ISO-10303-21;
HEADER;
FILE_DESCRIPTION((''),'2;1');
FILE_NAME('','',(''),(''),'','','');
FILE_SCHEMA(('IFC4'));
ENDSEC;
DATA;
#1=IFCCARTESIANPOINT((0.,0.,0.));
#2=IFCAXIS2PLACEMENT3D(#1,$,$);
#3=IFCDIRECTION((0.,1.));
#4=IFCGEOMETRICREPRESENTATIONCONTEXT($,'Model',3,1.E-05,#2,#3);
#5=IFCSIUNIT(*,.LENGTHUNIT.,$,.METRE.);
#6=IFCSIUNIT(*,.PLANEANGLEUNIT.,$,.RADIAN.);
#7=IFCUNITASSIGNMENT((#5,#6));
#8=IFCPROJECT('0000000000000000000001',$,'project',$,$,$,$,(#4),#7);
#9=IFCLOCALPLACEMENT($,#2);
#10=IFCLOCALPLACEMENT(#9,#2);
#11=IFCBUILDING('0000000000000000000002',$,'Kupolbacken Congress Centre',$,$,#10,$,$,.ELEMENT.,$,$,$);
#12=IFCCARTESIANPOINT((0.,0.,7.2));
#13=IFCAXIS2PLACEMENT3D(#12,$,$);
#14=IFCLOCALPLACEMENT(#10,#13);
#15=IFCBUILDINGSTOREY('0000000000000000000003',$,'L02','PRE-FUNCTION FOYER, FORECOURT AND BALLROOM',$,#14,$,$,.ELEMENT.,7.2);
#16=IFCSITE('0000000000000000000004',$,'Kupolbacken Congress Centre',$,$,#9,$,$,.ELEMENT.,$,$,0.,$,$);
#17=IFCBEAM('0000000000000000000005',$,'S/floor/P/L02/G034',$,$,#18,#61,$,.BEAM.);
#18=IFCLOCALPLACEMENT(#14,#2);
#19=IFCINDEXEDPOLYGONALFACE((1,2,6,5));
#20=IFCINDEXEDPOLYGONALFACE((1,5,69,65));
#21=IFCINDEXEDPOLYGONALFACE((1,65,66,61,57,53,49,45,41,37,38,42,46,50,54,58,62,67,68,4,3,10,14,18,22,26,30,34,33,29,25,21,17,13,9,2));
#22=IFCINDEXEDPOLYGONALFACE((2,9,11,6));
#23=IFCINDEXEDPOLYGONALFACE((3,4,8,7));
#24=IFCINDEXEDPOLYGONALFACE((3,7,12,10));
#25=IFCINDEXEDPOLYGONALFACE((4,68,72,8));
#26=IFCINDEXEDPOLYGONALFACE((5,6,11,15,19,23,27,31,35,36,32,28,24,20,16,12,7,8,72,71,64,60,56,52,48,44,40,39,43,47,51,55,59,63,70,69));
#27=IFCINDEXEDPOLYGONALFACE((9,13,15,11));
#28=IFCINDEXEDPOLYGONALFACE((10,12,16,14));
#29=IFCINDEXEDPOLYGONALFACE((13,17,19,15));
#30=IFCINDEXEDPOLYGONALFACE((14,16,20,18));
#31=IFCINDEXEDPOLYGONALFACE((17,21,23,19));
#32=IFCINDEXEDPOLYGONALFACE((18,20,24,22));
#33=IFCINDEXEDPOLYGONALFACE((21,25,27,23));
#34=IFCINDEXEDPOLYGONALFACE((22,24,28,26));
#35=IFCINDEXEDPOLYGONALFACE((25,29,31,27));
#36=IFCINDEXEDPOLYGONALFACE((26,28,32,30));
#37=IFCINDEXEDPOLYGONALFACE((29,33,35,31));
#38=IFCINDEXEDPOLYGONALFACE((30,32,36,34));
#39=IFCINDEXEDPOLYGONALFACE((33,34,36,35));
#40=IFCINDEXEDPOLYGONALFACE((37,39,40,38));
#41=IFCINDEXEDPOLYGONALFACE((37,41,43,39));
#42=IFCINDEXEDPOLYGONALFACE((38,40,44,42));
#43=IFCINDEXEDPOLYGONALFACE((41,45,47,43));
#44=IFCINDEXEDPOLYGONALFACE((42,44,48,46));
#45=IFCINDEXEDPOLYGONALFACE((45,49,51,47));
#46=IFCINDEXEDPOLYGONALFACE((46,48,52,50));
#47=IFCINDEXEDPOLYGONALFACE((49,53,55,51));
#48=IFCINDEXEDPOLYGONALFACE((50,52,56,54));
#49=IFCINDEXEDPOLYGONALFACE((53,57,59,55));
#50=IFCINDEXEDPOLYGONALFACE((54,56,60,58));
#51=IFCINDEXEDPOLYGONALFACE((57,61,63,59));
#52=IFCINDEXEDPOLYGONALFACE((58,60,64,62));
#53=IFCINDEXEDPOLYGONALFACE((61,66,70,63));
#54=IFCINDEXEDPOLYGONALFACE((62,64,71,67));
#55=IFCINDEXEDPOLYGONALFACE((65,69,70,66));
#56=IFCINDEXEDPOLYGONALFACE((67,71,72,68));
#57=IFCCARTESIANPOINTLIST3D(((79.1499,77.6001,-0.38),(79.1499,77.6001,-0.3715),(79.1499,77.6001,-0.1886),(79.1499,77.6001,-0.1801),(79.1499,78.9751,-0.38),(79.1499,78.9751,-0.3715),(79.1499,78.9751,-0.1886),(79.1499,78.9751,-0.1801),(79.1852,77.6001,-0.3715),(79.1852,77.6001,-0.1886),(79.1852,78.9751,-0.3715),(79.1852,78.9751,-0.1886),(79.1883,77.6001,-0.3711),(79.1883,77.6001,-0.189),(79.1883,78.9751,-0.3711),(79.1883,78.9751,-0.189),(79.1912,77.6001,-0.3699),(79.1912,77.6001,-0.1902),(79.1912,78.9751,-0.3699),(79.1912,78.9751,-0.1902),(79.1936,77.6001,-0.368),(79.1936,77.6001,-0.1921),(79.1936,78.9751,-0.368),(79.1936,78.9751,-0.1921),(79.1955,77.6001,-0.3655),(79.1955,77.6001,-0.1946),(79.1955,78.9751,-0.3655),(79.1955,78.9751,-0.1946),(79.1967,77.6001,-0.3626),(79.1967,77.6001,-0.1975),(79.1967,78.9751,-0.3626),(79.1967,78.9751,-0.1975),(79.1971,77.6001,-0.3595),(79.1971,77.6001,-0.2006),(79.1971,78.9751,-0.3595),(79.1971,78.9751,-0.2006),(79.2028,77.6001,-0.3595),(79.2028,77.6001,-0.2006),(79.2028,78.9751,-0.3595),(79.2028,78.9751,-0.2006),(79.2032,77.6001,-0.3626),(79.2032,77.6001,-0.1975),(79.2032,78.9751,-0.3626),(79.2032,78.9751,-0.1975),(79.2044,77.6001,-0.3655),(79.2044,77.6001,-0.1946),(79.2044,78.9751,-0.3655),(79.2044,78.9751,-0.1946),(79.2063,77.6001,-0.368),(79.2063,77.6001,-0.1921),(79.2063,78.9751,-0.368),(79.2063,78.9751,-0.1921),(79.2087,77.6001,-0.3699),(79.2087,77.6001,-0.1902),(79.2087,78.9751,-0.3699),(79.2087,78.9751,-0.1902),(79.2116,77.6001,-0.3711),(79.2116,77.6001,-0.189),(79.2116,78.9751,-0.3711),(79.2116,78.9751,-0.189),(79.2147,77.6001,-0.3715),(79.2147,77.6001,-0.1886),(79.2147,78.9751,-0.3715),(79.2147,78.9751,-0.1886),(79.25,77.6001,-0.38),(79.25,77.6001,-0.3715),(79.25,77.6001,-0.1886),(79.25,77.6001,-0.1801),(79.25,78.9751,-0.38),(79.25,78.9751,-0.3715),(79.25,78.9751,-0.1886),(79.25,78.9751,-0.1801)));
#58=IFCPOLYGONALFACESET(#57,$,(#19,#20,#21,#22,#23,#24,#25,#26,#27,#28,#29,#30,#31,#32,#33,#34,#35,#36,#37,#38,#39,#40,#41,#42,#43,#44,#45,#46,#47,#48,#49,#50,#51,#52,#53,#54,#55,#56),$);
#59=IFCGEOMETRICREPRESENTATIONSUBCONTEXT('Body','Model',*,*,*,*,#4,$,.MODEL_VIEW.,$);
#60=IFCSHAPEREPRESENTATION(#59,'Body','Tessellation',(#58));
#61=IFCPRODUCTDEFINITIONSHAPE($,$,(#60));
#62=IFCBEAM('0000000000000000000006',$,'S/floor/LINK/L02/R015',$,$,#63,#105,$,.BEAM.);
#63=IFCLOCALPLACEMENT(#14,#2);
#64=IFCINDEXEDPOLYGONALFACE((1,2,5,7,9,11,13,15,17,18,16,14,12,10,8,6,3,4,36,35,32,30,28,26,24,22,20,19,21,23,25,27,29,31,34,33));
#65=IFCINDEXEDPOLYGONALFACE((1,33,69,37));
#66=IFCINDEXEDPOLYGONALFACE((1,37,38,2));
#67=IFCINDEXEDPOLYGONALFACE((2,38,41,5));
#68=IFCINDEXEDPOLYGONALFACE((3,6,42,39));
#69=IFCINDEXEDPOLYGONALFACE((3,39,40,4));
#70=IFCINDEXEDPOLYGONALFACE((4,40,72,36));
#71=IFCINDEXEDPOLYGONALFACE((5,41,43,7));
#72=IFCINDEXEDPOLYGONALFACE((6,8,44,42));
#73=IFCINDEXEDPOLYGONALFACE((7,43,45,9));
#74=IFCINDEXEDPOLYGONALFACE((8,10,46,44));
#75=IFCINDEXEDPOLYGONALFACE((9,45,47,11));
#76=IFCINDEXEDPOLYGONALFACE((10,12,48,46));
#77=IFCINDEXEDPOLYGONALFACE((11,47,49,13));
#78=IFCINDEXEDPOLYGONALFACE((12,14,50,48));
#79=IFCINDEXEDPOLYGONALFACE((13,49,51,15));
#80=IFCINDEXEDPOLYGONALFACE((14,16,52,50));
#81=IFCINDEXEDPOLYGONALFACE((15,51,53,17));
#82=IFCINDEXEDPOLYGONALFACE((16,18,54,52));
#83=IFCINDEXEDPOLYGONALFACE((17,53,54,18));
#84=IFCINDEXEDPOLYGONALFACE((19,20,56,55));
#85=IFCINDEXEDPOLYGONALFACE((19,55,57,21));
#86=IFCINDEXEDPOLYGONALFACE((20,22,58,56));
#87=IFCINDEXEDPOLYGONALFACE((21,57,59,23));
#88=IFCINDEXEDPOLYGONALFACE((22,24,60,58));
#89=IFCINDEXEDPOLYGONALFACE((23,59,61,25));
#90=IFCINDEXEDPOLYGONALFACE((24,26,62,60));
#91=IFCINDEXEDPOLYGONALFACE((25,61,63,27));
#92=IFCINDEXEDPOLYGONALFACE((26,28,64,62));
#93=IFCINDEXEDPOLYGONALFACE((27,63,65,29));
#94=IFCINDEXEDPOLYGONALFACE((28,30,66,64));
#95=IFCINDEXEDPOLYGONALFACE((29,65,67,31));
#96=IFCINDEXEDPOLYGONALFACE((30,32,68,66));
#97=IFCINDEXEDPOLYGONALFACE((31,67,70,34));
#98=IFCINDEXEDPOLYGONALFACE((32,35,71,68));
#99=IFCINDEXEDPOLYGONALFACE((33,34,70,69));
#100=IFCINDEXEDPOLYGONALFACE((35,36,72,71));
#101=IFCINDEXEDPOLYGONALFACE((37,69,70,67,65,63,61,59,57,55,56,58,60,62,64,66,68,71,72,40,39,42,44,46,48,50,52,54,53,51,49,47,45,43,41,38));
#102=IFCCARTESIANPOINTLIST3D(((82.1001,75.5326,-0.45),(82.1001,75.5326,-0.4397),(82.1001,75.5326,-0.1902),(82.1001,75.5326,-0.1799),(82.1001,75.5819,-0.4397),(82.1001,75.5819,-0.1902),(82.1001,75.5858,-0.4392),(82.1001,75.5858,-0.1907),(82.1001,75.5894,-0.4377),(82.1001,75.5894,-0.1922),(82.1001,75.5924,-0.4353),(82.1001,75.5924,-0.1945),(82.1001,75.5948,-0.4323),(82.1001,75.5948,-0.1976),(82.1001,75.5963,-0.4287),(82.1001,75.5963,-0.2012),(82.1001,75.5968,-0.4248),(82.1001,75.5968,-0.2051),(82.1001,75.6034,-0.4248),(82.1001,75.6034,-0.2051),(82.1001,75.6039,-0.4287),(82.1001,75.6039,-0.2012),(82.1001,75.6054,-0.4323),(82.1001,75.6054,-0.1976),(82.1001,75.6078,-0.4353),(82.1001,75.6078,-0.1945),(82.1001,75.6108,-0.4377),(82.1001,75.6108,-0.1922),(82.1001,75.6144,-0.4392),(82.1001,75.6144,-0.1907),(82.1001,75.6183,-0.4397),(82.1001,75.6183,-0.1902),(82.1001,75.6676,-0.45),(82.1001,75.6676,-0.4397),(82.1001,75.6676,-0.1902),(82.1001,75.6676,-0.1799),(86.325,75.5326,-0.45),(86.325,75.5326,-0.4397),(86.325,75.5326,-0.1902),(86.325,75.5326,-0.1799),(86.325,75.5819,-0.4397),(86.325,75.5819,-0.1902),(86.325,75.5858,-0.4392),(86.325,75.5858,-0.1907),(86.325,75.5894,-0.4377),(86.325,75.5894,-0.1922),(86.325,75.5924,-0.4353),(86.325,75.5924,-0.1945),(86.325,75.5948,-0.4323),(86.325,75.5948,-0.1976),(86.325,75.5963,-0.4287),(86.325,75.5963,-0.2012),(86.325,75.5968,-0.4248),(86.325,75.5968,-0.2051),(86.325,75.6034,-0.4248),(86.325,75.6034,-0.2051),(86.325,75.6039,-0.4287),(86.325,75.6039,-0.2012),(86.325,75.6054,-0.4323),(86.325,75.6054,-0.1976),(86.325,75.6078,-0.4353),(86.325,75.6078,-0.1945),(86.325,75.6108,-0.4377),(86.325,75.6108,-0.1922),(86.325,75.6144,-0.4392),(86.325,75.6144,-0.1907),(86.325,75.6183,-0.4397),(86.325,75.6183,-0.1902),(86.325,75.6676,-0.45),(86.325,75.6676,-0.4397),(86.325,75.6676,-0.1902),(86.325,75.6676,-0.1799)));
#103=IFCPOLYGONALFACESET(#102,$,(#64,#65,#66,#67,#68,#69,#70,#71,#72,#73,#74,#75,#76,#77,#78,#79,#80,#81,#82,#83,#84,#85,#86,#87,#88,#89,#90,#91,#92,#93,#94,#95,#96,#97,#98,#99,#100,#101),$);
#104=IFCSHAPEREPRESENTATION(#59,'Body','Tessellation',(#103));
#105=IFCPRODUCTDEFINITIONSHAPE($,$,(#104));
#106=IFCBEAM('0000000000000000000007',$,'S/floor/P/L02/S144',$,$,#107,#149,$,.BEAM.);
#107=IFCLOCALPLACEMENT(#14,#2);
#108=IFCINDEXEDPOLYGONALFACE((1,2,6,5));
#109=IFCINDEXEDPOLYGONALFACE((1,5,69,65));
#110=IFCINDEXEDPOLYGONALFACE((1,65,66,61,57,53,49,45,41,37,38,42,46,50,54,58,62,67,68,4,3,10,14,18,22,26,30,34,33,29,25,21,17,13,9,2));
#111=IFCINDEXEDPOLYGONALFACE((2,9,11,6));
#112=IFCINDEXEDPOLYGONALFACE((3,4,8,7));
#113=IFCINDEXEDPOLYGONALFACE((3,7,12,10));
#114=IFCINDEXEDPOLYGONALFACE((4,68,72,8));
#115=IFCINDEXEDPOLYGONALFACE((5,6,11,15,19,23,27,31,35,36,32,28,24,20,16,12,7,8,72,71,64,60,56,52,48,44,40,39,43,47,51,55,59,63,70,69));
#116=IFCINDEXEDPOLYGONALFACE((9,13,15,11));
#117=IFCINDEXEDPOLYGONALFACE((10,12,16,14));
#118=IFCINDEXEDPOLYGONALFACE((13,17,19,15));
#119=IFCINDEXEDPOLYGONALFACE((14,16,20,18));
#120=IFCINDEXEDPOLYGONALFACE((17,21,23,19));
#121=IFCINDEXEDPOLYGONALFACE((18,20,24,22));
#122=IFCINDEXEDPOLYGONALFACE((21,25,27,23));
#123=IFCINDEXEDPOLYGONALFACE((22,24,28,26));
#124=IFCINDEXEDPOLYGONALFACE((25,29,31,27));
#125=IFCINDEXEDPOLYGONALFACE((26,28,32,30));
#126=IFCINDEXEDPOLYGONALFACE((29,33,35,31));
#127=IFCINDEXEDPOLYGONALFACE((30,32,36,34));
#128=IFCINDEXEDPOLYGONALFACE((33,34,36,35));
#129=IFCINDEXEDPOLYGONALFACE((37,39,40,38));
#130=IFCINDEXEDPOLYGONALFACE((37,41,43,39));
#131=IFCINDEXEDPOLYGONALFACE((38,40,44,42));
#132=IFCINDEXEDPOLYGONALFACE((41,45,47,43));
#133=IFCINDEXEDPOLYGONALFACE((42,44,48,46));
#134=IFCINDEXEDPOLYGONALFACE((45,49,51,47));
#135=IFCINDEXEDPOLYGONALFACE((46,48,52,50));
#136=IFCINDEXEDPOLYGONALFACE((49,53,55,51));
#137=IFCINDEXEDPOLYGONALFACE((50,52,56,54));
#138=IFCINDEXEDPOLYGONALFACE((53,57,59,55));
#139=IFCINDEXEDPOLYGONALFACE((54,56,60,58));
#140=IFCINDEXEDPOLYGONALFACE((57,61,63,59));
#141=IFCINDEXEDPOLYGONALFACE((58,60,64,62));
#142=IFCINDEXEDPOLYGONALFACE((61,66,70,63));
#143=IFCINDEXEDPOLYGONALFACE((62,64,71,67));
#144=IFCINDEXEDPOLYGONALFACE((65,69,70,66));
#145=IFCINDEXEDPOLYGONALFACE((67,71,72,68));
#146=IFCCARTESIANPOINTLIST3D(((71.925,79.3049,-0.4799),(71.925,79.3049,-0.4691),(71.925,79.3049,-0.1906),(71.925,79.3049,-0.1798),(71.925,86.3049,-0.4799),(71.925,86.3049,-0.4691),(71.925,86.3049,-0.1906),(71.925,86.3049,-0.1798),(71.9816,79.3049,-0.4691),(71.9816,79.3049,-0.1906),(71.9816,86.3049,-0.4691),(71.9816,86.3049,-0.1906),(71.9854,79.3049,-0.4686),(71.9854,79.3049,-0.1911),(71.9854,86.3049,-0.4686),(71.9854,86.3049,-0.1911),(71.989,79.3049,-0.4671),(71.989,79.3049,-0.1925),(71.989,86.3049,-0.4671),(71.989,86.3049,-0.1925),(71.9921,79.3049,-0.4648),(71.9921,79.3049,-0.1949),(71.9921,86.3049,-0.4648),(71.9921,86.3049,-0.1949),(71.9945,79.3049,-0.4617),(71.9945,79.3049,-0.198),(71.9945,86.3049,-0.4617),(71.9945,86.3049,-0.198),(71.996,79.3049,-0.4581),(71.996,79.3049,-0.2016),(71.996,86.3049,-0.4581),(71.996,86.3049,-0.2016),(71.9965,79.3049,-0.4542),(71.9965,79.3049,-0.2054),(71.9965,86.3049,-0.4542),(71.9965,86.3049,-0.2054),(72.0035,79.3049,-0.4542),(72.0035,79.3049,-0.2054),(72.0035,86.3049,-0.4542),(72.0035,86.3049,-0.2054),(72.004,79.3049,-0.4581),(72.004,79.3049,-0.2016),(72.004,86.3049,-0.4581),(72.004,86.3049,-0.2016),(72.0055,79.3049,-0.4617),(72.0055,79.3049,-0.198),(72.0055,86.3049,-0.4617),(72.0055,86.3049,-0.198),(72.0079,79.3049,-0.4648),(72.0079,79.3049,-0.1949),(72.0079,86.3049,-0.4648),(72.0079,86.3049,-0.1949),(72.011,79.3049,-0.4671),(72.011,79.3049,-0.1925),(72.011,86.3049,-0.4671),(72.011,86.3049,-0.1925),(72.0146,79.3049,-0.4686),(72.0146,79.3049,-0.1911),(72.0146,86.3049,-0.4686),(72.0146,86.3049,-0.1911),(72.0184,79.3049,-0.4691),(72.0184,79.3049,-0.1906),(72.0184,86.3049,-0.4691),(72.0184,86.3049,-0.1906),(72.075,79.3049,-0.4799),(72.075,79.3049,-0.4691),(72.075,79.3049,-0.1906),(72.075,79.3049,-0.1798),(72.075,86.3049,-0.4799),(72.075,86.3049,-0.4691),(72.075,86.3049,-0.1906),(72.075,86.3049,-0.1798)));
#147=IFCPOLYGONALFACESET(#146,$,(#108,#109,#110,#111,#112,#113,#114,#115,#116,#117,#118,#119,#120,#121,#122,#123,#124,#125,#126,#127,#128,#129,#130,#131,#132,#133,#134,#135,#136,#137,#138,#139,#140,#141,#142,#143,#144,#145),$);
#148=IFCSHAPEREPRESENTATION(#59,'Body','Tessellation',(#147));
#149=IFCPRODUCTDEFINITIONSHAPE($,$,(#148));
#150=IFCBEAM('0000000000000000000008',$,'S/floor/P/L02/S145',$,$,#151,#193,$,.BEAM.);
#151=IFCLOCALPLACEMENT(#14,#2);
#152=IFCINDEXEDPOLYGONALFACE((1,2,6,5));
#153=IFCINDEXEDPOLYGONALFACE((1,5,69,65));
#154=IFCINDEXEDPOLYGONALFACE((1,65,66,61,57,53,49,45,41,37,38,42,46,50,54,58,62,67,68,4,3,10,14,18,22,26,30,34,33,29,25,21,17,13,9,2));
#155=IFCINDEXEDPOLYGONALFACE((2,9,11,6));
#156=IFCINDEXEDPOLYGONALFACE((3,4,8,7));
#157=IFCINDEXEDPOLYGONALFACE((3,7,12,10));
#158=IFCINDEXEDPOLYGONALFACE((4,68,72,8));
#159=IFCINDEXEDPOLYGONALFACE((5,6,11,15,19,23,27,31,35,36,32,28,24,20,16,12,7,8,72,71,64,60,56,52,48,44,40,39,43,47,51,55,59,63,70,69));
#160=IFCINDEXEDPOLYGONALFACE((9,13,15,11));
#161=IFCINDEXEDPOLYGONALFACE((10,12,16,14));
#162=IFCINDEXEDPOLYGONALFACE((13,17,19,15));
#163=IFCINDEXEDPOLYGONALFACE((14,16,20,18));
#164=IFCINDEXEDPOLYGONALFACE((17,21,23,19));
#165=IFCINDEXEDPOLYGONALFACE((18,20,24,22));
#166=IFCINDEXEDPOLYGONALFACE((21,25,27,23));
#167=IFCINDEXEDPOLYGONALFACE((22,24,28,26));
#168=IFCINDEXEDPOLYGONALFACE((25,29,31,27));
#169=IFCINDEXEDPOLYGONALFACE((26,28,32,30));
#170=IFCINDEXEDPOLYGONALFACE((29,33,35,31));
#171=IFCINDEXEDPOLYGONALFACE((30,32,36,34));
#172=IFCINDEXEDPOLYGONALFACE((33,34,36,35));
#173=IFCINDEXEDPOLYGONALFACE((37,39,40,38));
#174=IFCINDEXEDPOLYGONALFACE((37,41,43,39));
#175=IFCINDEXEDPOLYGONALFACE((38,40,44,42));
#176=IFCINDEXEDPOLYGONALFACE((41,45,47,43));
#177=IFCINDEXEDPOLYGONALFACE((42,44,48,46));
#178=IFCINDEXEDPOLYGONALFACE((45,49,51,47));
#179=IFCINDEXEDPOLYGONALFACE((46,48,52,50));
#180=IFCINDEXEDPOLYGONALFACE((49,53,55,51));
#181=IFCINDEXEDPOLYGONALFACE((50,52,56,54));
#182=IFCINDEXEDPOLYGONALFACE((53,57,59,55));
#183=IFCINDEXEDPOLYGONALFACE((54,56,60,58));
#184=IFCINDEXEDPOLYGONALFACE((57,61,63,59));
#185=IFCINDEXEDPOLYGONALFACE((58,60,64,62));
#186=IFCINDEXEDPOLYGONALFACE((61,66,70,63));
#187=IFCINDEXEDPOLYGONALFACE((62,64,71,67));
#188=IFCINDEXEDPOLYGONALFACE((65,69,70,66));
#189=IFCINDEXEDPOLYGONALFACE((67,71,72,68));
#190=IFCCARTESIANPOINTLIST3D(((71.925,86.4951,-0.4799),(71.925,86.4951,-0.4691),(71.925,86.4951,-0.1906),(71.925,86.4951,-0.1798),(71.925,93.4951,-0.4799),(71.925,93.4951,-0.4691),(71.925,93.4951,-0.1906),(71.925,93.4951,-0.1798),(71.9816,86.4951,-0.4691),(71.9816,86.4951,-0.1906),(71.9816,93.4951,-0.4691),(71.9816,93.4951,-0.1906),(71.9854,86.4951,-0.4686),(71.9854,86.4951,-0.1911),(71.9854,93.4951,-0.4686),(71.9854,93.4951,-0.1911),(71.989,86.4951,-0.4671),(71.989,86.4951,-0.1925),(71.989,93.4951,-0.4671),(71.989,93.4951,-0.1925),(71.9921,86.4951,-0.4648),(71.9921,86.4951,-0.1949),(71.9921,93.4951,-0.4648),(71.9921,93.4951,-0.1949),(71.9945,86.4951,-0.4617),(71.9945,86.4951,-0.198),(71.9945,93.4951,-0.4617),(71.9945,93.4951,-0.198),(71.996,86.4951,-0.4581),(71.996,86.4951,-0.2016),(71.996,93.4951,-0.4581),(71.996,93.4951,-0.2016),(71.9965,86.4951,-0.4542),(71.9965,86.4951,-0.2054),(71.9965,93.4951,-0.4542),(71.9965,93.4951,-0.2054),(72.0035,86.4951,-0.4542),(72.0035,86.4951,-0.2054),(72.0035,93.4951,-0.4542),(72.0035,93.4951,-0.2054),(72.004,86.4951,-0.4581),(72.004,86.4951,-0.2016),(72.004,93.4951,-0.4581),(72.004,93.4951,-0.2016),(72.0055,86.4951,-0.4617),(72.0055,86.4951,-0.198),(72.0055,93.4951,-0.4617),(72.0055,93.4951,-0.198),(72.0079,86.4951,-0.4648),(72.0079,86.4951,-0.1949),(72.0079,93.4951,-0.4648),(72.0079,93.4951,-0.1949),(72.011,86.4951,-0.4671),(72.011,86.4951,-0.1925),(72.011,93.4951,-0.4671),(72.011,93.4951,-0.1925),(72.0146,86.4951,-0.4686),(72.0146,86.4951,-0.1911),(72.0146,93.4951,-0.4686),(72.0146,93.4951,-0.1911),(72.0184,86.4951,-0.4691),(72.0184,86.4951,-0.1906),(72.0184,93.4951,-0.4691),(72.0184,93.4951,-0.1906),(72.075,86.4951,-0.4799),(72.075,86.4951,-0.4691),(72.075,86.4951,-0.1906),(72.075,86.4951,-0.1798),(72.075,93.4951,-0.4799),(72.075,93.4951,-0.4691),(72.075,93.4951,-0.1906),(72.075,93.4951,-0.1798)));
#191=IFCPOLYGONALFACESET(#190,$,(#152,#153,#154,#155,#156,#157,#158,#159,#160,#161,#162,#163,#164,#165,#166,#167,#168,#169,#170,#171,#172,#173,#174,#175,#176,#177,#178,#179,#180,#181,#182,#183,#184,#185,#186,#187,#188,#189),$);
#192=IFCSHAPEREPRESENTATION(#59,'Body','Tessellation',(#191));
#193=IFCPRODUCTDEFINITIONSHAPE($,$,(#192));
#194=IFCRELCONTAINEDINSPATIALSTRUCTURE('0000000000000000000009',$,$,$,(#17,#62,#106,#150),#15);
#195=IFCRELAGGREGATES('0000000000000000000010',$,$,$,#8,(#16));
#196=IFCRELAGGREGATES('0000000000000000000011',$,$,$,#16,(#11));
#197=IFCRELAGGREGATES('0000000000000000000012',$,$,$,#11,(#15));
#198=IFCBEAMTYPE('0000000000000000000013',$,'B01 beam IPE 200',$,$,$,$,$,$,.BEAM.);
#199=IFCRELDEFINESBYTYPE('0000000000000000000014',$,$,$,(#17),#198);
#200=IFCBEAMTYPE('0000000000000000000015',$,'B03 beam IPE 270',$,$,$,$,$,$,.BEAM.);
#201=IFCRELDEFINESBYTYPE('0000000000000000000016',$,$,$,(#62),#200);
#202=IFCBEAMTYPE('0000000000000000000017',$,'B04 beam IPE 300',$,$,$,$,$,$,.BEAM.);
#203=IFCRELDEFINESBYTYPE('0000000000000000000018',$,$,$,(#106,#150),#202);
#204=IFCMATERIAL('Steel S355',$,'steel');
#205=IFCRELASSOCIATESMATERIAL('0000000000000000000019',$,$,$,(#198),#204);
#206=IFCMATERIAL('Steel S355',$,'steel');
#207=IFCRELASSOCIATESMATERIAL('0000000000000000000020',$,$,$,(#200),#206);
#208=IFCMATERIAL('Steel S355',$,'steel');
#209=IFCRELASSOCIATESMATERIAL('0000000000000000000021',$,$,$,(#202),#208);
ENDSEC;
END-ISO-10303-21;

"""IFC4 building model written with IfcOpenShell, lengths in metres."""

from ifc_helpers import new_model, si_unit, direction, frame, origin, origin_2d, place, context, subcontext, project, spatial, i_section, extrude, material, material_profile, profile_set, type_object, element, save


model = new_model("IFC4")

# Units and contexts
model_context = context("Model", 3, precision=1e-05, world=origin(), true_north=direction((0.0, 1.0)))
body_context = subcontext(model_context, "Body", "Model", "MODEL_VIEW")
ifc_project = project(units=[si_unit("LENGTHUNIT", "METRE"), si_unit("PLANEANGLEUNIT", "RADIAN")], contexts=[model_context])

# Site, building, storey
site_placement = place(None, origin())
site = spatial("IfcSite", under=ifc_project, at=site_placement, Name="Kupolbacken Congress Centre", CompositionType="ELEMENT", RefElevation=0.0)
building_placement = place(site_placement, origin())
building = spatial("IfcBuilding", under=site, at=building_placement, Name="Kupolbacken Congress Centre", CompositionType="ELEMENT")
storey_placement = place(building_placement, frame((0.0, 0.0, 7.2)))
storey = spatial("IfcBuildingStorey", under=building, at=storey_placement, Name="L02", Description="PRE-FUNCTION FOYER, FORECOURT AND BALLROOM", CompositionType="ELEMENT", Elevation=7.2)

# Beams
ifc_material_1 = material(Name="Steel S355", Category="steel")
ifc_material_profile_1 = material_profile(ifc_material_1, i_section(OverallWidth=0.1001, OverallDepth=0.2, WebThickness=0.0056, FlangeThickness=0.0085, FilletRadius=0.012, at=origin_2d()), Name="IPE 200")
ifc_profile_set_1 = profile_set([ifc_material_profile_1], Name="Steel S355")
beam_type_1 = type_object("IfcBeamType", Name="B01 beam IPE 200", PredefinedType="BEAM", material=ifc_profile_set_1)
beam_1_placement = place(storey_placement, frame((79.2, 77.6001, -0.28), z_axis=(0.0, 1.0, 0.0), x_axis=(-1.0, 0.0, 0.0)))
element("IfcBeam", 1, at=beam_1_placement, inside=storey, type_object=beam_type_1, Name="S/floor/P/L02/G034", PredefinedType="BEAM", context=body_context, shape_type="SweptSolid", body=[
    extrude(i_section(OverallWidth=0.1001, OverallDepth=0.2, WebThickness=0.0056, FlangeThickness=0.0085, FilletRadius=0.012, at=origin_2d()), origin(), (0.0, 0.0, 1.0), 1.375),
])
ifc_material_2 = material(Name="Steel S355", Category="steel")
ifc_material_profile_2 = material_profile(ifc_material_2, i_section(OverallWidth=0.135, OverallDepth=0.27, WebThickness=0.0066, FlangeThickness=0.0103, FilletRadius=0.0149, at=origin_2d()), Name="IPE 270")
ifc_profile_set_2 = profile_set([ifc_material_profile_2], Name="Steel S355")
beam_type_2 = type_object("IfcBeamType", Name="B03 beam IPE 270", PredefinedType="BEAM", material=ifc_profile_set_2)
beam_2_placement = place(storey_placement, frame((82.1001, 75.6001, -0.3149), z_axis=(1.0, 0.0, 0.0), x_axis=(0.0, 1.0, 0.0)))
element("IfcBeam", 2, at=beam_2_placement, inside=storey, type_object=beam_type_2, Name="S/floor/LINK/L02/R015", PredefinedType="BEAM", context=body_context, shape_type="SweptSolid", body=[
    extrude(i_section(OverallWidth=0.135, OverallDepth=0.27, WebThickness=0.0066, FlangeThickness=0.0103, FilletRadius=0.0149, at=origin_2d()), origin(), (0.0, 0.0, 1.0), 4.2249),
])
ifc_material_3 = material(Name="Steel S355", Category="steel")
ifc_material_profile_3 = material_profile(ifc_material_3, i_section(OverallWidth=0.1499, OverallDepth=0.3, WebThickness=0.0071, FlangeThickness=0.0107, FilletRadius=0.0149, at=origin_2d()), Name="IPE 300")
ifc_profile_set_3 = profile_set([ifc_material_profile_3], Name="Steel S355")
beam_type_3 = type_object("IfcBeamType", Name="B04 beam IPE 300", PredefinedType="BEAM", material=ifc_profile_set_3)
for number, where, z_axis, x_axis, name in (
    (3, (72.0, 79.3049, -0.3298), (0.0, 1.0, 0.0), (-1.0, 0.0, 0.0), "S/floor/P/L02/S144"),
    (4, (72.0, 86.4951, -0.3298), (0.0, 1.0, 0.0), (-1.0, 0.0, 0.0), "S/floor/P/L02/S145"),
):
    element("IfcBeam", number, at=place(storey_placement, frame(where, z_axis=z_axis, x_axis=x_axis)), inside=storey, type_object=beam_type_3, Name=name, PredefinedType="BEAM", context=body_context, shape_type="SweptSolid", body=[
        extrude(i_section(OverallWidth=0.1499, OverallDepth=0.3, WebThickness=0.0071, FlangeThickness=0.0107, FilletRadius=0.0149, at=origin_2d()), origin(), (0.0, 0.0, 1.0), 7.0),
    ])

save(model, "model.ifc")
